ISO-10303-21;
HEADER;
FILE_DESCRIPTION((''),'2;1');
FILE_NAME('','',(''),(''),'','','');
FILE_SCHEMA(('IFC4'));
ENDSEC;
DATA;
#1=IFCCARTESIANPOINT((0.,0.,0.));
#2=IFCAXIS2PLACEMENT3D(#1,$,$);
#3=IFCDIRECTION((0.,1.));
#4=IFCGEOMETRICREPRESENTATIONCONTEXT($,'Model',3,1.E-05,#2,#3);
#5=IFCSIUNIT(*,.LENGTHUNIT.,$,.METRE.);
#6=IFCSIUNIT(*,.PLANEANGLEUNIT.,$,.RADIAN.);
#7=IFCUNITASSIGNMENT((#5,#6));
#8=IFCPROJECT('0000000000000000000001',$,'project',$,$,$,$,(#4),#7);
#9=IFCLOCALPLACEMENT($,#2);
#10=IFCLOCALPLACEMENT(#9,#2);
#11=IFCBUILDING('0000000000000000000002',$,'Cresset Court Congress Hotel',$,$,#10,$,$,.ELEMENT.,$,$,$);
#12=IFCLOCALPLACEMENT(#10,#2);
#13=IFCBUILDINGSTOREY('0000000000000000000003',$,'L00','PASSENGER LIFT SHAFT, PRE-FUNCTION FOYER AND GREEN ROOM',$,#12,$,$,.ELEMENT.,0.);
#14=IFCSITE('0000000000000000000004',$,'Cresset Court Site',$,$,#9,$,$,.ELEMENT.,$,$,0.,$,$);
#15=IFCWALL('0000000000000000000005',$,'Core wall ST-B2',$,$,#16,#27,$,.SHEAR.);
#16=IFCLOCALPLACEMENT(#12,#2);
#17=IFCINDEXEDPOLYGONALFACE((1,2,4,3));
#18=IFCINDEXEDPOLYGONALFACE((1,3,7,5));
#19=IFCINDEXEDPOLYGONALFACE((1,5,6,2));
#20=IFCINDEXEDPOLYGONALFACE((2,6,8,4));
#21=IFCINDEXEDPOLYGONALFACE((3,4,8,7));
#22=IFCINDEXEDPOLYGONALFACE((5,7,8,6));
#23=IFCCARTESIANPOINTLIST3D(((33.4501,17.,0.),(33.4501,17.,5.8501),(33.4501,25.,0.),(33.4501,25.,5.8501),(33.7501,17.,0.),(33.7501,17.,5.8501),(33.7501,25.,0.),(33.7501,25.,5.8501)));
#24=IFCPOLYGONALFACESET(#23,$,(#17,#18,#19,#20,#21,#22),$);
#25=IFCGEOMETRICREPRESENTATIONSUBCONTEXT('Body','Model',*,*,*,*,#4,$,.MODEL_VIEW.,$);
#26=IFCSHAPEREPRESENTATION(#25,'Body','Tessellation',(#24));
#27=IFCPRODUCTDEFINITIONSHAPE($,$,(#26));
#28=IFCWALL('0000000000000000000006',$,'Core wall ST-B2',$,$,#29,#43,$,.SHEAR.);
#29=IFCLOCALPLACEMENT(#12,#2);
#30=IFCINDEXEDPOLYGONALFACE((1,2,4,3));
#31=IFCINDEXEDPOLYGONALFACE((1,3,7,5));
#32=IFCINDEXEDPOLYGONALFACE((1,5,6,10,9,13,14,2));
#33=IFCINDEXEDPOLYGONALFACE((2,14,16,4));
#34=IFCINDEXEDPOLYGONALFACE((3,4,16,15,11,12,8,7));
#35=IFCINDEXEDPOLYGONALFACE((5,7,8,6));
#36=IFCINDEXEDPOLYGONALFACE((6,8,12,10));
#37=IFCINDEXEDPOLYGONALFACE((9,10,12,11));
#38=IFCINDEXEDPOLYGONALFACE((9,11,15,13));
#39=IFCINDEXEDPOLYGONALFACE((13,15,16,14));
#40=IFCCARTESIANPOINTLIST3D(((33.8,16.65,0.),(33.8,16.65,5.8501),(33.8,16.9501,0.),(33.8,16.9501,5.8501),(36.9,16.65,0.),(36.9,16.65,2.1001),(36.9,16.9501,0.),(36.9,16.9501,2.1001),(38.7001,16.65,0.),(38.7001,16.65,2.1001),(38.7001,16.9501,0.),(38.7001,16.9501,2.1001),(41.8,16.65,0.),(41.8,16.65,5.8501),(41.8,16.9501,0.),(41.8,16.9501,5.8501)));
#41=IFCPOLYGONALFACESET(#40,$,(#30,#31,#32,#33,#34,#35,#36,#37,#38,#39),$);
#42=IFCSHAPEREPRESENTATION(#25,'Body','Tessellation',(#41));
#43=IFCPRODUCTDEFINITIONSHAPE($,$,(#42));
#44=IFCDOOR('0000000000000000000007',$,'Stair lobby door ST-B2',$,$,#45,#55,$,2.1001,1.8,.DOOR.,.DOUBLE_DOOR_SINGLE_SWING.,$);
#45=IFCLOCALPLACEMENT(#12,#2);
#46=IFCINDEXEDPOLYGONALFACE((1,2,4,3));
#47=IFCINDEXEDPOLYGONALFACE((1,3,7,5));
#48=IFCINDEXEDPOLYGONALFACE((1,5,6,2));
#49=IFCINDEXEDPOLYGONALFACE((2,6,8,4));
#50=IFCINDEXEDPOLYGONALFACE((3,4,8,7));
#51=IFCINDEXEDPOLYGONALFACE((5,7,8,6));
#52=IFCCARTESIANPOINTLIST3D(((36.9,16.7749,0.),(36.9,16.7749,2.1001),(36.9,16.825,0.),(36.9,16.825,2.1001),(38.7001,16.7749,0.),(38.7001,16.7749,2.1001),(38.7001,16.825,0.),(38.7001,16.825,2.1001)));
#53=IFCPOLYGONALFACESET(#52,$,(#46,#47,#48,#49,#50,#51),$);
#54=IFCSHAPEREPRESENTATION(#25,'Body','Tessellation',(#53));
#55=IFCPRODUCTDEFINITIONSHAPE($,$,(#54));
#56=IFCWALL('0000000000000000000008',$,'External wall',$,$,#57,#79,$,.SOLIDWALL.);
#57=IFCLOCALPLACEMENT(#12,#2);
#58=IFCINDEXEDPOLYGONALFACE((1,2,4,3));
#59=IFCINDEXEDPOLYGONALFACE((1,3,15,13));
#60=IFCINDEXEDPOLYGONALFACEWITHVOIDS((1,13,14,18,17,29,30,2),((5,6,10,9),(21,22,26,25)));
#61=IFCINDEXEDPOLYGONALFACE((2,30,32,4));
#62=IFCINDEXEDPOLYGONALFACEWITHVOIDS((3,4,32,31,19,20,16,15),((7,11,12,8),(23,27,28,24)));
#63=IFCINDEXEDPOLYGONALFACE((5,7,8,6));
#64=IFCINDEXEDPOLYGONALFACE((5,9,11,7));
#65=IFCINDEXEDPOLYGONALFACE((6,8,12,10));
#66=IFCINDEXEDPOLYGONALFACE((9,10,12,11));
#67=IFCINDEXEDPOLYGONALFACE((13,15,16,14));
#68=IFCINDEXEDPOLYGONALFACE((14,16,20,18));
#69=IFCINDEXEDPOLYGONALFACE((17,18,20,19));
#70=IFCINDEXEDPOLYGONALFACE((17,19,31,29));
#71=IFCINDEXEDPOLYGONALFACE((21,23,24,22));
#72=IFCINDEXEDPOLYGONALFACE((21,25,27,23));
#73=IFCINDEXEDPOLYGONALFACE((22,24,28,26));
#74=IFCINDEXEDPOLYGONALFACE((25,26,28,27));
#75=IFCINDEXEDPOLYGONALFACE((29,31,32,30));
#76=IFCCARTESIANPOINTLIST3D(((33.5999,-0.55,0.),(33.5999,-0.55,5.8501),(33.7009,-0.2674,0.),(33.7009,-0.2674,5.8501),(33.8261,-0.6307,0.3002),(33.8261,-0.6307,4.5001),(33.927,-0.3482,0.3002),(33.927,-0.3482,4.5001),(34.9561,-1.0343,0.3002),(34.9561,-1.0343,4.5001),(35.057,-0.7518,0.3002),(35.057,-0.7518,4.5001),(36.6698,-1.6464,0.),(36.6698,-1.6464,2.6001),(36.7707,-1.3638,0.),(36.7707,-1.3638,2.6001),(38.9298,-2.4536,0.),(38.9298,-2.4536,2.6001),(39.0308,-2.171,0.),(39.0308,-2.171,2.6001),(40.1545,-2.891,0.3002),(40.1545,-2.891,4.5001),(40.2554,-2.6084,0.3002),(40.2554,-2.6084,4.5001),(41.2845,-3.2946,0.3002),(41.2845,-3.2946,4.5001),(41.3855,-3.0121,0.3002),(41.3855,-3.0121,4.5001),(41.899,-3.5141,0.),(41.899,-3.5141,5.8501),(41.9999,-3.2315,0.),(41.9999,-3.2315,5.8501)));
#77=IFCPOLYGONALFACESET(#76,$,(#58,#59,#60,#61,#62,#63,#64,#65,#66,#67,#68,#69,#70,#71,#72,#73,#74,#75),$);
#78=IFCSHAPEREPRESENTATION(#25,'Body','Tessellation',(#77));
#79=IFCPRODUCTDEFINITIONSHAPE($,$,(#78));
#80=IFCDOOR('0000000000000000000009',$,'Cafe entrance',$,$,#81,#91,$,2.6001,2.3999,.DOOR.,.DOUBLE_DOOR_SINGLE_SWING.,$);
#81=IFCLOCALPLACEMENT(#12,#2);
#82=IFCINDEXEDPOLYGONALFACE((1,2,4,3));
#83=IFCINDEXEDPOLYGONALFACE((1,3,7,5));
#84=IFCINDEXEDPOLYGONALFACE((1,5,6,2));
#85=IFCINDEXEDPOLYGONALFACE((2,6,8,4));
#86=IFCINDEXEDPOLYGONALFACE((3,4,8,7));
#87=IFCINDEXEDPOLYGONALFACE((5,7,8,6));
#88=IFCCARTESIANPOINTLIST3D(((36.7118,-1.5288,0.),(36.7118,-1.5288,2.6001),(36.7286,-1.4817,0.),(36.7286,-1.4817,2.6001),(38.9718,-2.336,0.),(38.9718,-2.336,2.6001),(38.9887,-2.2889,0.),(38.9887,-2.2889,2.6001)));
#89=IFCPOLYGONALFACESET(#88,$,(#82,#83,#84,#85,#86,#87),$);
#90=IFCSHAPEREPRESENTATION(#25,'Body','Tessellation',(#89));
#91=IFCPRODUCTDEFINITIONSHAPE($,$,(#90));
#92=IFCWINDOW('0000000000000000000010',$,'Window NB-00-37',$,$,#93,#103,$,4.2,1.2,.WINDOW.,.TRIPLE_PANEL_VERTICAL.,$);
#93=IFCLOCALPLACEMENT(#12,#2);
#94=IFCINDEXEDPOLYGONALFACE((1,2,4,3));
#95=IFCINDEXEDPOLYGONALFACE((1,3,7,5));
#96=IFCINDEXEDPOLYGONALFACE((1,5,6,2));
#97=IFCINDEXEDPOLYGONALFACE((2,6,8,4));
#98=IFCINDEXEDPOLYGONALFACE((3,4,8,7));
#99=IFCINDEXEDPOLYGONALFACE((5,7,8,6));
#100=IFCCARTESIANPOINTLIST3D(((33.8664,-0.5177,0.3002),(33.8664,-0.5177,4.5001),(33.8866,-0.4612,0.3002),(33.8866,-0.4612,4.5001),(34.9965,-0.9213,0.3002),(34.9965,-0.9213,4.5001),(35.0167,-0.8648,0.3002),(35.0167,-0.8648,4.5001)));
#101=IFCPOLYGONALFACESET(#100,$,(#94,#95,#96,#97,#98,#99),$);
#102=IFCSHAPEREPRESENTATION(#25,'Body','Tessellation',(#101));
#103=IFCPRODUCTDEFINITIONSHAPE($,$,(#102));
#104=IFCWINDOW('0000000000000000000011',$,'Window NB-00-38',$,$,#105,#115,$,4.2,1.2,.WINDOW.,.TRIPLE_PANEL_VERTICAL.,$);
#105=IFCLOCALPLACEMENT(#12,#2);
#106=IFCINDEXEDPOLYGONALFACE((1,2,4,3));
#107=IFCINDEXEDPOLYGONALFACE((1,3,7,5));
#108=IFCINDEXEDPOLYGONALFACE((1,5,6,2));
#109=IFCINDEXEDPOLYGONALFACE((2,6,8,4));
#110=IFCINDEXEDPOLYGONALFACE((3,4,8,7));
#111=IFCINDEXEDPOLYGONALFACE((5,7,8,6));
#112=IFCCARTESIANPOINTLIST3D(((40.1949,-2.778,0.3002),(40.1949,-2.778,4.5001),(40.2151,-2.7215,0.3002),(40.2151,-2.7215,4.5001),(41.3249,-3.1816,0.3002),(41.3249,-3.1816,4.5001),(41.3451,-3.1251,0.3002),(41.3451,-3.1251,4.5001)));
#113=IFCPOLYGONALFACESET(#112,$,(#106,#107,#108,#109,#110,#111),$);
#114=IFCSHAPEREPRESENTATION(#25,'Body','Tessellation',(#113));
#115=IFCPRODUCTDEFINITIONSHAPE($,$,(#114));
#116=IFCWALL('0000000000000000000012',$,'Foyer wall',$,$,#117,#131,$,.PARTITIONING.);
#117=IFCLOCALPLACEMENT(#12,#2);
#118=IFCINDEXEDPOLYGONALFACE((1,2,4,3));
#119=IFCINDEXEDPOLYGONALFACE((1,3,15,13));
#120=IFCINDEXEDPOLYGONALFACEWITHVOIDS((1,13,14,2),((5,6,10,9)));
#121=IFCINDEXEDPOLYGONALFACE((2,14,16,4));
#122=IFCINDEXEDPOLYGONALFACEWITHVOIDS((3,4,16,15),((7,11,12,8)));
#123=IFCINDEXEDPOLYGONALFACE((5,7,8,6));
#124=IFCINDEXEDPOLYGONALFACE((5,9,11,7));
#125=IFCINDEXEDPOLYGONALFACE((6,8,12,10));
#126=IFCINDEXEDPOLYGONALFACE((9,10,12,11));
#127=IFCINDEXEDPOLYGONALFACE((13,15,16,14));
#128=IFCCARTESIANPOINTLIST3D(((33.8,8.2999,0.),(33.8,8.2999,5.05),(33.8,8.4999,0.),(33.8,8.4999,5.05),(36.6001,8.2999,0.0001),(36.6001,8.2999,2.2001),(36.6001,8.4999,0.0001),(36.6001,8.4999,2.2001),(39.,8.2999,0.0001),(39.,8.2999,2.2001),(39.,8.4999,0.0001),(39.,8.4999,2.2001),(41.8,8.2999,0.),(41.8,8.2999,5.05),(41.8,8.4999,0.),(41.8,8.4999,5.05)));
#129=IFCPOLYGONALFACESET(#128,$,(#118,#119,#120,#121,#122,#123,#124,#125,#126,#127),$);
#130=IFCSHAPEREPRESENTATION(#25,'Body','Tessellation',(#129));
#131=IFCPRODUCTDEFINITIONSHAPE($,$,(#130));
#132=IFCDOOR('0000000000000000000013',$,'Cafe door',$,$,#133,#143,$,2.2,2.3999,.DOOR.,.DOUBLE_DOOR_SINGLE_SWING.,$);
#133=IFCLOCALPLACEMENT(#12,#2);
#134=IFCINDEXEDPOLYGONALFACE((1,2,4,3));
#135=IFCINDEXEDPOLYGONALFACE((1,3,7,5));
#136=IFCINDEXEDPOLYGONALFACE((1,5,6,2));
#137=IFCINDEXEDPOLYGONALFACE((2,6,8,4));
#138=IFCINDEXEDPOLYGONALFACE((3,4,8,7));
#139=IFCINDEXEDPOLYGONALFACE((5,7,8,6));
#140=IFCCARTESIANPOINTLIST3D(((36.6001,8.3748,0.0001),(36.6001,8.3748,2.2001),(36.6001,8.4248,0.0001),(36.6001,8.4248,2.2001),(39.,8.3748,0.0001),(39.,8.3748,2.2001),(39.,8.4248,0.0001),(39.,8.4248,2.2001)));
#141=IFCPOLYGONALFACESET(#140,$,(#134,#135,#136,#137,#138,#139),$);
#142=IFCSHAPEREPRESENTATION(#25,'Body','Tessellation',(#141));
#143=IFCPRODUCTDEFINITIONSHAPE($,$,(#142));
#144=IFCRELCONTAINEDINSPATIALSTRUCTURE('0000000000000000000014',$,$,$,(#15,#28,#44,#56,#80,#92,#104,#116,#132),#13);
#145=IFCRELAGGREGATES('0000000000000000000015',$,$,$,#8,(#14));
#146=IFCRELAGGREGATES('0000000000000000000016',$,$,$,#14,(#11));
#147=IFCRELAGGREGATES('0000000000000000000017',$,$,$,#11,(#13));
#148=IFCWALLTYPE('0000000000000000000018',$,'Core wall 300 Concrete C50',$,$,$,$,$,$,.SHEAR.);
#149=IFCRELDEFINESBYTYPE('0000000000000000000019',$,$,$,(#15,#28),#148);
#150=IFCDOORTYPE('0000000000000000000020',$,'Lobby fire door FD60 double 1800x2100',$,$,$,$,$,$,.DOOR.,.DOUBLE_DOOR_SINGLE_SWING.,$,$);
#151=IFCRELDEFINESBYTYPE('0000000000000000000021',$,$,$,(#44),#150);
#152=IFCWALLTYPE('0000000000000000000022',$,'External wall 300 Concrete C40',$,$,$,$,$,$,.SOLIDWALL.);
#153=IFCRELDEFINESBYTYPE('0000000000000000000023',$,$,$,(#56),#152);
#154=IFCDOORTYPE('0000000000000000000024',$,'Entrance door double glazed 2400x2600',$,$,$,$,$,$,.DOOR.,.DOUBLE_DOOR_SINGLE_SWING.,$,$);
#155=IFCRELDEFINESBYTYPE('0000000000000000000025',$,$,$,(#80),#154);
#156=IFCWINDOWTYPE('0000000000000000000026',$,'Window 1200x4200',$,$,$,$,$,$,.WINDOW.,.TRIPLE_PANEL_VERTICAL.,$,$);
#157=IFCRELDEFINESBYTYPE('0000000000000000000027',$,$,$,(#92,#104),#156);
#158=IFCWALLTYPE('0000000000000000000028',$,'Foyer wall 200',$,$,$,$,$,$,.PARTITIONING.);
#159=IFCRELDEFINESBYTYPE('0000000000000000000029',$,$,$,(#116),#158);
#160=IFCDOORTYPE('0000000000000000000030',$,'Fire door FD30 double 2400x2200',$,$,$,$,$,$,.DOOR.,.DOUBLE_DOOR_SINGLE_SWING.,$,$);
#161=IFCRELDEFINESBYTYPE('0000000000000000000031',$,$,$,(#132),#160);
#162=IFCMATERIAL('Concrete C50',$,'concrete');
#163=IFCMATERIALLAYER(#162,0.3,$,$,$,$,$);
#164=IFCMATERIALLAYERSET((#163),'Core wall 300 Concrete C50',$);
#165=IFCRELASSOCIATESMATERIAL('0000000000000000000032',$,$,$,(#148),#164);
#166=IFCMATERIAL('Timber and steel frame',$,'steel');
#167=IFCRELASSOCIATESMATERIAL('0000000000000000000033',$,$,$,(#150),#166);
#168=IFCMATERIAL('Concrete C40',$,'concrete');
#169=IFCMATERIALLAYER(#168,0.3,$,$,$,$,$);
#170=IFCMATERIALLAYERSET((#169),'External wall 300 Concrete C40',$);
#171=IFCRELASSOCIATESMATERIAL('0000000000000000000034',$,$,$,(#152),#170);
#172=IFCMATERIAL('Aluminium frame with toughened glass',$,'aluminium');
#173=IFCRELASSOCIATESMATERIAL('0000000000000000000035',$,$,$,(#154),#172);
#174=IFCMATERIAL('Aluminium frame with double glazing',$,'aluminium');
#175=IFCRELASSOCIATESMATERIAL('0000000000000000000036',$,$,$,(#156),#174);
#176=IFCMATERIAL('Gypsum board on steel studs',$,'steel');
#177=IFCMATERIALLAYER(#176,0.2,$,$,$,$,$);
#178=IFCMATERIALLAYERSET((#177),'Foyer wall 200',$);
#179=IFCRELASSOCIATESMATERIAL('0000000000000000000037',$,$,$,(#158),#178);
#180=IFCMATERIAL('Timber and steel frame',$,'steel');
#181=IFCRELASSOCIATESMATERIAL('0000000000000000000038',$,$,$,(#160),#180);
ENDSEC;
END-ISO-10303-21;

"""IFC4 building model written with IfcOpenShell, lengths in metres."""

from ifc_helpers import new_model, si_unit, direction, frame, frame_2d, origin, place, context, subcontext, project, spatial, rectangle, extrude, material, layer, layer_set, type_object, element, fill, save


model = new_model("IFC4")

# Units and contexts
model_context = context("Model", 3, precision=1e-05, world=origin(), true_north=direction((0.0, 1.0)))
body_context = subcontext(model_context, "Body", "Model", "MODEL_VIEW")
ifc_project = project(units=[si_unit("LENGTHUNIT", "METRE"), si_unit("PLANEANGLEUNIT", "RADIAN")], contexts=[model_context])

# Site, building, storey
site_placement = place(None, origin())
site = spatial("IfcSite", under=ifc_project, at=site_placement, Name="Cresset Court Site", CompositionType="ELEMENT", RefElevation=0.0)
building_placement = place(site_placement, origin())
building = spatial("IfcBuilding", under=site, at=building_placement, Name="Cresset Court Congress Hotel", CompositionType="ELEMENT")
storey_placement = place(building_placement, origin())
storey = spatial("IfcBuildingStorey", under=building, at=storey_placement, Name="L00", Description="PASSENGER LIFT SHAFT, PRE-FUNCTION FOYER AND GREEN ROOM", CompositionType="ELEMENT", Elevation=0.0)

# Shared definitions
ifc_material_1 = material(Name="Concrete C50", Category="concrete")
ifc_layer_1 = layer(ifc_material_1, 0.3)
ifc_layer_set_1 = layer_set([ifc_layer_1], Name="Core wall 300 Concrete C50")
wall_type_1 = type_object("IfcWallType", Name="Core wall 300 Concrete C50", PredefinedType="SHEAR", material=ifc_layer_set_1)
ifc_material_2 = material(Name="Timber and steel frame", Category="steel")
door_type_1 = type_object("IfcDoorType", Name="Lobby fire door FD60 double 1800x2100", OperationType="DOUBLE_DOOR_SINGLE_SWING", PredefinedType="DOOR", material=ifc_material_2)

# Wall
wall_1_placement = place(storey_placement, frame((33.6001, 17.0, 0.0), z_axis=(0.0, 0.0, 1.0), x_axis=(0.0, 1.0, 0.0)))
element("IfcWall", 1, at=wall_1_placement, inside=storey, type_object=wall_type_1, Name="Core wall ST-B2", PredefinedType="SHEAR", context=body_context, shape_type="SweptSolid", body=[
    extrude(rectangle(XDim=8.0, YDim=0.3, at=frame_2d((4.0, 0.0))), origin(), (0.0, 0.0, 1.0), 5.8501),
])

# Wall, opening, door
wall_2_placement = place(storey_placement, frame((33.8, 16.8, 0.0), z_axis=(0.0, 0.0, 1.0), x_axis=(1.0, 0.0, 0.0)))
wall_2 = element("IfcWall", 2, at=wall_2_placement, inside=storey, type_object=wall_type_1, Name="Core wall ST-B2", PredefinedType="SHEAR", context=body_context, shape_type="SweptSolid", body=[
    extrude(rectangle(XDim=8.0, YDim=0.3, at=frame_2d((4.0, 0.0))), origin(), (0.0, 0.0, 1.0), 5.8501),
])
opening_1_placement = place(wall_2_placement, frame((3.1001, 0.0, 0.0)))
opening_1 = element("IfcOpeningElement", 3, at=opening_1_placement, cuts=wall_2, PredefinedType="OPENING", context=body_context, shape_type="SweptSolid", body=[
    extrude(rectangle(XDim=1.8, YDim=2.1001, at=frame_2d((0.8999, 1.05))), frame((0.0, 0.1599, 0.0), z_axis=(0.0, -1.0, 0.0), x_axis=(1.0, 0.0, 0.0)), (0.0, 0.0, 1.0), 0.3201),
])
door_1_placement = place(opening_1_placement, origin())
door_1 = element("IfcDoor", 4, at=door_1_placement, inside=storey, type_object=door_type_1, Name="Stair lobby door ST-B2", OperationType="DOUBLE_DOOR_SINGLE_SWING", OverallHeight=2.1001, OverallWidth=1.8, PredefinedType="DOOR", context=body_context, shape_type="SweptSolid", body=[
    extrude(rectangle(XDim=1.8, YDim=2.1001, at=frame_2d((0.8999, 1.05))), frame((0.0, 0.0249, 0.0), z_axis=(0.0, -1.0, 0.0), x_axis=(1.0, 0.0, 0.0)), (0.0, 0.0, 1.0), 0.05),
])
fill(opening_1, door_1)

# Wall, openings, door, windows
ifc_material_3 = material(Name="Concrete C40", Category="concrete")
ifc_layer_2 = layer(ifc_material_3, 0.3)
ifc_layer_set_2 = layer_set([ifc_layer_2], Name="External wall 300 Concrete C40")
wall_type_2 = type_object("IfcWallType", Name="External wall 300 Concrete C40", PredefinedType="SOLIDWALL", material=ifc_layer_set_2)
wall_3_placement = place(storey_placement, frame((33.6504, -0.4087, 0.0), z_axis=(0.0, 0.0, 1.0), x_axis=(0.941736, -0.336352, 0.0)))
wall_3 = element("IfcWall", 5, at=wall_3_placement, inside=storey, type_object=wall_type_2, Name="External wall", PredefinedType="SOLIDWALL", context=body_context, shape_type="SweptSolid", body=[
    extrude(rectangle(XDim=8.8125, YDim=0.3, at=frame_2d((4.4062, 0.0))), origin(), (0.0, 0.0, 1.0), 5.8501),
])
opening_2_placement = place(wall_3_placement, frame((3.2598, 0.0, 0.0)))
opening_2 = element("IfcOpeningElement", 6, at=opening_2_placement, cuts=wall_3, PredefinedType="OPENING", context=body_context, shape_type="SweptSolid", body=[
    extrude(rectangle(XDim=2.3999, YDim=2.6001, at=frame_2d((1.2, 1.3))), frame((0.0, 0.1599, 0.0), z_axis=(0.0, -1.0, 0.0), x_axis=(1.0, 0.0, 0.0)), (0.0, 0.0, 1.0), 0.3201),
])
opening_3_placement = place(wall_3_placement, frame((0.24, 0.0, 0.3)))
opening_3 = element("IfcOpeningElement", 7, at=opening_3_placement, cuts=wall_3, PredefinedType="OPENING", context=body_context, shape_type="SweptSolid", body=[
    extrude(rectangle(XDim=1.2, YDim=4.2, at=frame_2d((0.6001, 2.1001))), frame((0.0, 0.1599, 0.0), z_axis=(0.0, -1.0, 0.0), x_axis=(1.0, 0.0, 0.0)), (0.0, 0.0, 1.0), 0.3201),
])
opening_4_placement = place(wall_3_placement, frame((6.96, 0.0, 0.3)))
opening_4 = element("IfcOpeningElement", 8, at=opening_4_placement, cuts=wall_3, PredefinedType="OPENING", context=body_context, shape_type="SweptSolid", body=[
    extrude(rectangle(XDim=1.2, YDim=4.2, at=frame_2d((0.6001, 2.1001))), frame((0.0, 0.1599, 0.0), z_axis=(0.0, -1.0, 0.0), x_axis=(1.0, 0.0, 0.0)), (0.0, 0.0, 1.0), 0.3201),
])
ifc_material_4 = material(Name="Aluminium frame with toughened glass", Category="aluminium")
door_type_2 = type_object("IfcDoorType", Name="Entrance door double glazed 2400x2600", OperationType="DOUBLE_DOOR_SINGLE_SWING", PredefinedType="DOOR", material=ifc_material_4)
door_2_placement = place(opening_2_placement, origin())
door_2 = element("IfcDoor", 9, at=door_2_placement, inside=storey, type_object=door_type_2, Name="Cafe entrance", OperationType="DOUBLE_DOOR_SINGLE_SWING", OverallHeight=2.6001, OverallWidth=2.3999, PredefinedType="DOOR", context=body_context, shape_type="SweptSolid", body=[
    extrude(rectangle(XDim=2.3999, YDim=2.6001, at=frame_2d((1.2, 1.3))), frame((0.0, 0.0249, 0.0), z_axis=(0.0, -1.0, 0.0), x_axis=(1.0, 0.0, 0.0)), (0.0, 0.0, 1.0), 0.05),
])
fill(opening_2, door_2)
ifc_material_5 = material(Name="Aluminium frame with double glazing", Category="aluminium")
window_type = type_object("IfcWindowType", Name="Window 1200x4200", PartitioningType="TRIPLE_PANEL_VERTICAL", PredefinedType="WINDOW", material=ifc_material_5)
window_1_placement = place(opening_3_placement, origin())
window_1 = element("IfcWindow", 10, at=window_1_placement, inside=storey, type_object=window_type, Name="Window NB-00-37", OverallHeight=4.2, OverallWidth=1.2, PartitioningType="TRIPLE_PANEL_VERTICAL", PredefinedType="WINDOW", context=body_context, shape_type="SweptSolid", body=[
    extrude(rectangle(XDim=1.2, YDim=4.2, at=frame_2d((0.6001, 2.1001))), frame((0.0, 0.03, 0.0), z_axis=(0.0, -1.0, 0.0), x_axis=(1.0, 0.0, 0.0)), (0.0, 0.0, 1.0), 0.0601),
])
fill(opening_3, window_1)
window_2_placement = place(opening_4_placement, origin())
window_2 = element("IfcWindow", 11, at=window_2_placement, inside=storey, type_object=window_type, Name="Window NB-00-38", OverallHeight=4.2, OverallWidth=1.2, PartitioningType="TRIPLE_PANEL_VERTICAL", PredefinedType="WINDOW", context=body_context, shape_type="SweptSolid", body=[
    extrude(rectangle(XDim=1.2, YDim=4.2, at=frame_2d((0.6001, 2.1001))), frame((0.0, 0.03, 0.0), z_axis=(0.0, -1.0, 0.0), x_axis=(1.0, 0.0, 0.0)), (0.0, 0.0, 1.0), 0.0601),
])
fill(opening_4, window_2)

# Wall, opening, door
ifc_material_6 = material(Name="Gypsum board on steel studs", Category="steel")
ifc_layer_3 = layer(ifc_material_6, 0.2)
ifc_layer_set_3 = layer_set([ifc_layer_3], Name="Foyer wall 200")
wall_type_3 = type_object("IfcWallType", Name="Foyer wall 200", PredefinedType="PARTITIONING", material=ifc_layer_set_3)
wall_4_placement = place(storey_placement, frame((33.8, 8.3999, 0.0), z_axis=(0.0, 0.0, 1.0), x_axis=(1.0, 0.0, 0.0)))
wall_4 = element("IfcWall", 12, at=wall_4_placement, inside=storey, type_object=wall_type_3, Name="Foyer wall", PredefinedType="PARTITIONING", context=body_context, shape_type="SweptSolid", body=[
    extrude(rectangle(XDim=8.0, YDim=0.2, at=frame_2d((4.0, 0.0))), origin(), (0.0, 0.0, 1.0), 5.05),
])
opening_5_placement = place(wall_4_placement, frame((2.8, 0.0, 0.0)))
opening_5 = element("IfcOpeningElement", 13, at=opening_5_placement, cuts=wall_4, PredefinedType="OPENING", context=body_context, shape_type="SweptSolid", body=[
    extrude(rectangle(XDim=2.3999, YDim=2.2, at=frame_2d((1.2, 1.1001))), frame((0.0, 0.1099, 0.0), z_axis=(0.0, -1.0, 0.0), x_axis=(1.0, 0.0, 0.0)), (0.0, 0.0, 1.0), 0.22),
])
ifc_material_7 = material(Name="Timber and steel frame", Category="steel")
door_type_3 = type_object("IfcDoorType", Name="Fire door FD30 double 2400x2200", OperationType="DOUBLE_DOOR_SINGLE_SWING", PredefinedType="DOOR", material=ifc_material_7)
door_3_placement = place(opening_5_placement, origin())
door_3 = element("IfcDoor", 14, at=door_3_placement, inside=storey, type_object=door_type_3, Name="Cafe door", OperationType="DOUBLE_DOOR_SINGLE_SWING", OverallHeight=2.2, OverallWidth=2.3999, PredefinedType="DOOR", context=body_context, shape_type="SweptSolid", body=[
    extrude(rectangle(XDim=2.3999, YDim=2.2, at=frame_2d((1.2, 1.1001))), frame((0.0, 0.0249, 0.0), z_axis=(0.0, -1.0, 0.0), x_axis=(1.0, 0.0, 0.0)), (0.0, 0.0, 1.0), 0.05),
])
fill(opening_5, door_3)

save(model, "model.ifc")
